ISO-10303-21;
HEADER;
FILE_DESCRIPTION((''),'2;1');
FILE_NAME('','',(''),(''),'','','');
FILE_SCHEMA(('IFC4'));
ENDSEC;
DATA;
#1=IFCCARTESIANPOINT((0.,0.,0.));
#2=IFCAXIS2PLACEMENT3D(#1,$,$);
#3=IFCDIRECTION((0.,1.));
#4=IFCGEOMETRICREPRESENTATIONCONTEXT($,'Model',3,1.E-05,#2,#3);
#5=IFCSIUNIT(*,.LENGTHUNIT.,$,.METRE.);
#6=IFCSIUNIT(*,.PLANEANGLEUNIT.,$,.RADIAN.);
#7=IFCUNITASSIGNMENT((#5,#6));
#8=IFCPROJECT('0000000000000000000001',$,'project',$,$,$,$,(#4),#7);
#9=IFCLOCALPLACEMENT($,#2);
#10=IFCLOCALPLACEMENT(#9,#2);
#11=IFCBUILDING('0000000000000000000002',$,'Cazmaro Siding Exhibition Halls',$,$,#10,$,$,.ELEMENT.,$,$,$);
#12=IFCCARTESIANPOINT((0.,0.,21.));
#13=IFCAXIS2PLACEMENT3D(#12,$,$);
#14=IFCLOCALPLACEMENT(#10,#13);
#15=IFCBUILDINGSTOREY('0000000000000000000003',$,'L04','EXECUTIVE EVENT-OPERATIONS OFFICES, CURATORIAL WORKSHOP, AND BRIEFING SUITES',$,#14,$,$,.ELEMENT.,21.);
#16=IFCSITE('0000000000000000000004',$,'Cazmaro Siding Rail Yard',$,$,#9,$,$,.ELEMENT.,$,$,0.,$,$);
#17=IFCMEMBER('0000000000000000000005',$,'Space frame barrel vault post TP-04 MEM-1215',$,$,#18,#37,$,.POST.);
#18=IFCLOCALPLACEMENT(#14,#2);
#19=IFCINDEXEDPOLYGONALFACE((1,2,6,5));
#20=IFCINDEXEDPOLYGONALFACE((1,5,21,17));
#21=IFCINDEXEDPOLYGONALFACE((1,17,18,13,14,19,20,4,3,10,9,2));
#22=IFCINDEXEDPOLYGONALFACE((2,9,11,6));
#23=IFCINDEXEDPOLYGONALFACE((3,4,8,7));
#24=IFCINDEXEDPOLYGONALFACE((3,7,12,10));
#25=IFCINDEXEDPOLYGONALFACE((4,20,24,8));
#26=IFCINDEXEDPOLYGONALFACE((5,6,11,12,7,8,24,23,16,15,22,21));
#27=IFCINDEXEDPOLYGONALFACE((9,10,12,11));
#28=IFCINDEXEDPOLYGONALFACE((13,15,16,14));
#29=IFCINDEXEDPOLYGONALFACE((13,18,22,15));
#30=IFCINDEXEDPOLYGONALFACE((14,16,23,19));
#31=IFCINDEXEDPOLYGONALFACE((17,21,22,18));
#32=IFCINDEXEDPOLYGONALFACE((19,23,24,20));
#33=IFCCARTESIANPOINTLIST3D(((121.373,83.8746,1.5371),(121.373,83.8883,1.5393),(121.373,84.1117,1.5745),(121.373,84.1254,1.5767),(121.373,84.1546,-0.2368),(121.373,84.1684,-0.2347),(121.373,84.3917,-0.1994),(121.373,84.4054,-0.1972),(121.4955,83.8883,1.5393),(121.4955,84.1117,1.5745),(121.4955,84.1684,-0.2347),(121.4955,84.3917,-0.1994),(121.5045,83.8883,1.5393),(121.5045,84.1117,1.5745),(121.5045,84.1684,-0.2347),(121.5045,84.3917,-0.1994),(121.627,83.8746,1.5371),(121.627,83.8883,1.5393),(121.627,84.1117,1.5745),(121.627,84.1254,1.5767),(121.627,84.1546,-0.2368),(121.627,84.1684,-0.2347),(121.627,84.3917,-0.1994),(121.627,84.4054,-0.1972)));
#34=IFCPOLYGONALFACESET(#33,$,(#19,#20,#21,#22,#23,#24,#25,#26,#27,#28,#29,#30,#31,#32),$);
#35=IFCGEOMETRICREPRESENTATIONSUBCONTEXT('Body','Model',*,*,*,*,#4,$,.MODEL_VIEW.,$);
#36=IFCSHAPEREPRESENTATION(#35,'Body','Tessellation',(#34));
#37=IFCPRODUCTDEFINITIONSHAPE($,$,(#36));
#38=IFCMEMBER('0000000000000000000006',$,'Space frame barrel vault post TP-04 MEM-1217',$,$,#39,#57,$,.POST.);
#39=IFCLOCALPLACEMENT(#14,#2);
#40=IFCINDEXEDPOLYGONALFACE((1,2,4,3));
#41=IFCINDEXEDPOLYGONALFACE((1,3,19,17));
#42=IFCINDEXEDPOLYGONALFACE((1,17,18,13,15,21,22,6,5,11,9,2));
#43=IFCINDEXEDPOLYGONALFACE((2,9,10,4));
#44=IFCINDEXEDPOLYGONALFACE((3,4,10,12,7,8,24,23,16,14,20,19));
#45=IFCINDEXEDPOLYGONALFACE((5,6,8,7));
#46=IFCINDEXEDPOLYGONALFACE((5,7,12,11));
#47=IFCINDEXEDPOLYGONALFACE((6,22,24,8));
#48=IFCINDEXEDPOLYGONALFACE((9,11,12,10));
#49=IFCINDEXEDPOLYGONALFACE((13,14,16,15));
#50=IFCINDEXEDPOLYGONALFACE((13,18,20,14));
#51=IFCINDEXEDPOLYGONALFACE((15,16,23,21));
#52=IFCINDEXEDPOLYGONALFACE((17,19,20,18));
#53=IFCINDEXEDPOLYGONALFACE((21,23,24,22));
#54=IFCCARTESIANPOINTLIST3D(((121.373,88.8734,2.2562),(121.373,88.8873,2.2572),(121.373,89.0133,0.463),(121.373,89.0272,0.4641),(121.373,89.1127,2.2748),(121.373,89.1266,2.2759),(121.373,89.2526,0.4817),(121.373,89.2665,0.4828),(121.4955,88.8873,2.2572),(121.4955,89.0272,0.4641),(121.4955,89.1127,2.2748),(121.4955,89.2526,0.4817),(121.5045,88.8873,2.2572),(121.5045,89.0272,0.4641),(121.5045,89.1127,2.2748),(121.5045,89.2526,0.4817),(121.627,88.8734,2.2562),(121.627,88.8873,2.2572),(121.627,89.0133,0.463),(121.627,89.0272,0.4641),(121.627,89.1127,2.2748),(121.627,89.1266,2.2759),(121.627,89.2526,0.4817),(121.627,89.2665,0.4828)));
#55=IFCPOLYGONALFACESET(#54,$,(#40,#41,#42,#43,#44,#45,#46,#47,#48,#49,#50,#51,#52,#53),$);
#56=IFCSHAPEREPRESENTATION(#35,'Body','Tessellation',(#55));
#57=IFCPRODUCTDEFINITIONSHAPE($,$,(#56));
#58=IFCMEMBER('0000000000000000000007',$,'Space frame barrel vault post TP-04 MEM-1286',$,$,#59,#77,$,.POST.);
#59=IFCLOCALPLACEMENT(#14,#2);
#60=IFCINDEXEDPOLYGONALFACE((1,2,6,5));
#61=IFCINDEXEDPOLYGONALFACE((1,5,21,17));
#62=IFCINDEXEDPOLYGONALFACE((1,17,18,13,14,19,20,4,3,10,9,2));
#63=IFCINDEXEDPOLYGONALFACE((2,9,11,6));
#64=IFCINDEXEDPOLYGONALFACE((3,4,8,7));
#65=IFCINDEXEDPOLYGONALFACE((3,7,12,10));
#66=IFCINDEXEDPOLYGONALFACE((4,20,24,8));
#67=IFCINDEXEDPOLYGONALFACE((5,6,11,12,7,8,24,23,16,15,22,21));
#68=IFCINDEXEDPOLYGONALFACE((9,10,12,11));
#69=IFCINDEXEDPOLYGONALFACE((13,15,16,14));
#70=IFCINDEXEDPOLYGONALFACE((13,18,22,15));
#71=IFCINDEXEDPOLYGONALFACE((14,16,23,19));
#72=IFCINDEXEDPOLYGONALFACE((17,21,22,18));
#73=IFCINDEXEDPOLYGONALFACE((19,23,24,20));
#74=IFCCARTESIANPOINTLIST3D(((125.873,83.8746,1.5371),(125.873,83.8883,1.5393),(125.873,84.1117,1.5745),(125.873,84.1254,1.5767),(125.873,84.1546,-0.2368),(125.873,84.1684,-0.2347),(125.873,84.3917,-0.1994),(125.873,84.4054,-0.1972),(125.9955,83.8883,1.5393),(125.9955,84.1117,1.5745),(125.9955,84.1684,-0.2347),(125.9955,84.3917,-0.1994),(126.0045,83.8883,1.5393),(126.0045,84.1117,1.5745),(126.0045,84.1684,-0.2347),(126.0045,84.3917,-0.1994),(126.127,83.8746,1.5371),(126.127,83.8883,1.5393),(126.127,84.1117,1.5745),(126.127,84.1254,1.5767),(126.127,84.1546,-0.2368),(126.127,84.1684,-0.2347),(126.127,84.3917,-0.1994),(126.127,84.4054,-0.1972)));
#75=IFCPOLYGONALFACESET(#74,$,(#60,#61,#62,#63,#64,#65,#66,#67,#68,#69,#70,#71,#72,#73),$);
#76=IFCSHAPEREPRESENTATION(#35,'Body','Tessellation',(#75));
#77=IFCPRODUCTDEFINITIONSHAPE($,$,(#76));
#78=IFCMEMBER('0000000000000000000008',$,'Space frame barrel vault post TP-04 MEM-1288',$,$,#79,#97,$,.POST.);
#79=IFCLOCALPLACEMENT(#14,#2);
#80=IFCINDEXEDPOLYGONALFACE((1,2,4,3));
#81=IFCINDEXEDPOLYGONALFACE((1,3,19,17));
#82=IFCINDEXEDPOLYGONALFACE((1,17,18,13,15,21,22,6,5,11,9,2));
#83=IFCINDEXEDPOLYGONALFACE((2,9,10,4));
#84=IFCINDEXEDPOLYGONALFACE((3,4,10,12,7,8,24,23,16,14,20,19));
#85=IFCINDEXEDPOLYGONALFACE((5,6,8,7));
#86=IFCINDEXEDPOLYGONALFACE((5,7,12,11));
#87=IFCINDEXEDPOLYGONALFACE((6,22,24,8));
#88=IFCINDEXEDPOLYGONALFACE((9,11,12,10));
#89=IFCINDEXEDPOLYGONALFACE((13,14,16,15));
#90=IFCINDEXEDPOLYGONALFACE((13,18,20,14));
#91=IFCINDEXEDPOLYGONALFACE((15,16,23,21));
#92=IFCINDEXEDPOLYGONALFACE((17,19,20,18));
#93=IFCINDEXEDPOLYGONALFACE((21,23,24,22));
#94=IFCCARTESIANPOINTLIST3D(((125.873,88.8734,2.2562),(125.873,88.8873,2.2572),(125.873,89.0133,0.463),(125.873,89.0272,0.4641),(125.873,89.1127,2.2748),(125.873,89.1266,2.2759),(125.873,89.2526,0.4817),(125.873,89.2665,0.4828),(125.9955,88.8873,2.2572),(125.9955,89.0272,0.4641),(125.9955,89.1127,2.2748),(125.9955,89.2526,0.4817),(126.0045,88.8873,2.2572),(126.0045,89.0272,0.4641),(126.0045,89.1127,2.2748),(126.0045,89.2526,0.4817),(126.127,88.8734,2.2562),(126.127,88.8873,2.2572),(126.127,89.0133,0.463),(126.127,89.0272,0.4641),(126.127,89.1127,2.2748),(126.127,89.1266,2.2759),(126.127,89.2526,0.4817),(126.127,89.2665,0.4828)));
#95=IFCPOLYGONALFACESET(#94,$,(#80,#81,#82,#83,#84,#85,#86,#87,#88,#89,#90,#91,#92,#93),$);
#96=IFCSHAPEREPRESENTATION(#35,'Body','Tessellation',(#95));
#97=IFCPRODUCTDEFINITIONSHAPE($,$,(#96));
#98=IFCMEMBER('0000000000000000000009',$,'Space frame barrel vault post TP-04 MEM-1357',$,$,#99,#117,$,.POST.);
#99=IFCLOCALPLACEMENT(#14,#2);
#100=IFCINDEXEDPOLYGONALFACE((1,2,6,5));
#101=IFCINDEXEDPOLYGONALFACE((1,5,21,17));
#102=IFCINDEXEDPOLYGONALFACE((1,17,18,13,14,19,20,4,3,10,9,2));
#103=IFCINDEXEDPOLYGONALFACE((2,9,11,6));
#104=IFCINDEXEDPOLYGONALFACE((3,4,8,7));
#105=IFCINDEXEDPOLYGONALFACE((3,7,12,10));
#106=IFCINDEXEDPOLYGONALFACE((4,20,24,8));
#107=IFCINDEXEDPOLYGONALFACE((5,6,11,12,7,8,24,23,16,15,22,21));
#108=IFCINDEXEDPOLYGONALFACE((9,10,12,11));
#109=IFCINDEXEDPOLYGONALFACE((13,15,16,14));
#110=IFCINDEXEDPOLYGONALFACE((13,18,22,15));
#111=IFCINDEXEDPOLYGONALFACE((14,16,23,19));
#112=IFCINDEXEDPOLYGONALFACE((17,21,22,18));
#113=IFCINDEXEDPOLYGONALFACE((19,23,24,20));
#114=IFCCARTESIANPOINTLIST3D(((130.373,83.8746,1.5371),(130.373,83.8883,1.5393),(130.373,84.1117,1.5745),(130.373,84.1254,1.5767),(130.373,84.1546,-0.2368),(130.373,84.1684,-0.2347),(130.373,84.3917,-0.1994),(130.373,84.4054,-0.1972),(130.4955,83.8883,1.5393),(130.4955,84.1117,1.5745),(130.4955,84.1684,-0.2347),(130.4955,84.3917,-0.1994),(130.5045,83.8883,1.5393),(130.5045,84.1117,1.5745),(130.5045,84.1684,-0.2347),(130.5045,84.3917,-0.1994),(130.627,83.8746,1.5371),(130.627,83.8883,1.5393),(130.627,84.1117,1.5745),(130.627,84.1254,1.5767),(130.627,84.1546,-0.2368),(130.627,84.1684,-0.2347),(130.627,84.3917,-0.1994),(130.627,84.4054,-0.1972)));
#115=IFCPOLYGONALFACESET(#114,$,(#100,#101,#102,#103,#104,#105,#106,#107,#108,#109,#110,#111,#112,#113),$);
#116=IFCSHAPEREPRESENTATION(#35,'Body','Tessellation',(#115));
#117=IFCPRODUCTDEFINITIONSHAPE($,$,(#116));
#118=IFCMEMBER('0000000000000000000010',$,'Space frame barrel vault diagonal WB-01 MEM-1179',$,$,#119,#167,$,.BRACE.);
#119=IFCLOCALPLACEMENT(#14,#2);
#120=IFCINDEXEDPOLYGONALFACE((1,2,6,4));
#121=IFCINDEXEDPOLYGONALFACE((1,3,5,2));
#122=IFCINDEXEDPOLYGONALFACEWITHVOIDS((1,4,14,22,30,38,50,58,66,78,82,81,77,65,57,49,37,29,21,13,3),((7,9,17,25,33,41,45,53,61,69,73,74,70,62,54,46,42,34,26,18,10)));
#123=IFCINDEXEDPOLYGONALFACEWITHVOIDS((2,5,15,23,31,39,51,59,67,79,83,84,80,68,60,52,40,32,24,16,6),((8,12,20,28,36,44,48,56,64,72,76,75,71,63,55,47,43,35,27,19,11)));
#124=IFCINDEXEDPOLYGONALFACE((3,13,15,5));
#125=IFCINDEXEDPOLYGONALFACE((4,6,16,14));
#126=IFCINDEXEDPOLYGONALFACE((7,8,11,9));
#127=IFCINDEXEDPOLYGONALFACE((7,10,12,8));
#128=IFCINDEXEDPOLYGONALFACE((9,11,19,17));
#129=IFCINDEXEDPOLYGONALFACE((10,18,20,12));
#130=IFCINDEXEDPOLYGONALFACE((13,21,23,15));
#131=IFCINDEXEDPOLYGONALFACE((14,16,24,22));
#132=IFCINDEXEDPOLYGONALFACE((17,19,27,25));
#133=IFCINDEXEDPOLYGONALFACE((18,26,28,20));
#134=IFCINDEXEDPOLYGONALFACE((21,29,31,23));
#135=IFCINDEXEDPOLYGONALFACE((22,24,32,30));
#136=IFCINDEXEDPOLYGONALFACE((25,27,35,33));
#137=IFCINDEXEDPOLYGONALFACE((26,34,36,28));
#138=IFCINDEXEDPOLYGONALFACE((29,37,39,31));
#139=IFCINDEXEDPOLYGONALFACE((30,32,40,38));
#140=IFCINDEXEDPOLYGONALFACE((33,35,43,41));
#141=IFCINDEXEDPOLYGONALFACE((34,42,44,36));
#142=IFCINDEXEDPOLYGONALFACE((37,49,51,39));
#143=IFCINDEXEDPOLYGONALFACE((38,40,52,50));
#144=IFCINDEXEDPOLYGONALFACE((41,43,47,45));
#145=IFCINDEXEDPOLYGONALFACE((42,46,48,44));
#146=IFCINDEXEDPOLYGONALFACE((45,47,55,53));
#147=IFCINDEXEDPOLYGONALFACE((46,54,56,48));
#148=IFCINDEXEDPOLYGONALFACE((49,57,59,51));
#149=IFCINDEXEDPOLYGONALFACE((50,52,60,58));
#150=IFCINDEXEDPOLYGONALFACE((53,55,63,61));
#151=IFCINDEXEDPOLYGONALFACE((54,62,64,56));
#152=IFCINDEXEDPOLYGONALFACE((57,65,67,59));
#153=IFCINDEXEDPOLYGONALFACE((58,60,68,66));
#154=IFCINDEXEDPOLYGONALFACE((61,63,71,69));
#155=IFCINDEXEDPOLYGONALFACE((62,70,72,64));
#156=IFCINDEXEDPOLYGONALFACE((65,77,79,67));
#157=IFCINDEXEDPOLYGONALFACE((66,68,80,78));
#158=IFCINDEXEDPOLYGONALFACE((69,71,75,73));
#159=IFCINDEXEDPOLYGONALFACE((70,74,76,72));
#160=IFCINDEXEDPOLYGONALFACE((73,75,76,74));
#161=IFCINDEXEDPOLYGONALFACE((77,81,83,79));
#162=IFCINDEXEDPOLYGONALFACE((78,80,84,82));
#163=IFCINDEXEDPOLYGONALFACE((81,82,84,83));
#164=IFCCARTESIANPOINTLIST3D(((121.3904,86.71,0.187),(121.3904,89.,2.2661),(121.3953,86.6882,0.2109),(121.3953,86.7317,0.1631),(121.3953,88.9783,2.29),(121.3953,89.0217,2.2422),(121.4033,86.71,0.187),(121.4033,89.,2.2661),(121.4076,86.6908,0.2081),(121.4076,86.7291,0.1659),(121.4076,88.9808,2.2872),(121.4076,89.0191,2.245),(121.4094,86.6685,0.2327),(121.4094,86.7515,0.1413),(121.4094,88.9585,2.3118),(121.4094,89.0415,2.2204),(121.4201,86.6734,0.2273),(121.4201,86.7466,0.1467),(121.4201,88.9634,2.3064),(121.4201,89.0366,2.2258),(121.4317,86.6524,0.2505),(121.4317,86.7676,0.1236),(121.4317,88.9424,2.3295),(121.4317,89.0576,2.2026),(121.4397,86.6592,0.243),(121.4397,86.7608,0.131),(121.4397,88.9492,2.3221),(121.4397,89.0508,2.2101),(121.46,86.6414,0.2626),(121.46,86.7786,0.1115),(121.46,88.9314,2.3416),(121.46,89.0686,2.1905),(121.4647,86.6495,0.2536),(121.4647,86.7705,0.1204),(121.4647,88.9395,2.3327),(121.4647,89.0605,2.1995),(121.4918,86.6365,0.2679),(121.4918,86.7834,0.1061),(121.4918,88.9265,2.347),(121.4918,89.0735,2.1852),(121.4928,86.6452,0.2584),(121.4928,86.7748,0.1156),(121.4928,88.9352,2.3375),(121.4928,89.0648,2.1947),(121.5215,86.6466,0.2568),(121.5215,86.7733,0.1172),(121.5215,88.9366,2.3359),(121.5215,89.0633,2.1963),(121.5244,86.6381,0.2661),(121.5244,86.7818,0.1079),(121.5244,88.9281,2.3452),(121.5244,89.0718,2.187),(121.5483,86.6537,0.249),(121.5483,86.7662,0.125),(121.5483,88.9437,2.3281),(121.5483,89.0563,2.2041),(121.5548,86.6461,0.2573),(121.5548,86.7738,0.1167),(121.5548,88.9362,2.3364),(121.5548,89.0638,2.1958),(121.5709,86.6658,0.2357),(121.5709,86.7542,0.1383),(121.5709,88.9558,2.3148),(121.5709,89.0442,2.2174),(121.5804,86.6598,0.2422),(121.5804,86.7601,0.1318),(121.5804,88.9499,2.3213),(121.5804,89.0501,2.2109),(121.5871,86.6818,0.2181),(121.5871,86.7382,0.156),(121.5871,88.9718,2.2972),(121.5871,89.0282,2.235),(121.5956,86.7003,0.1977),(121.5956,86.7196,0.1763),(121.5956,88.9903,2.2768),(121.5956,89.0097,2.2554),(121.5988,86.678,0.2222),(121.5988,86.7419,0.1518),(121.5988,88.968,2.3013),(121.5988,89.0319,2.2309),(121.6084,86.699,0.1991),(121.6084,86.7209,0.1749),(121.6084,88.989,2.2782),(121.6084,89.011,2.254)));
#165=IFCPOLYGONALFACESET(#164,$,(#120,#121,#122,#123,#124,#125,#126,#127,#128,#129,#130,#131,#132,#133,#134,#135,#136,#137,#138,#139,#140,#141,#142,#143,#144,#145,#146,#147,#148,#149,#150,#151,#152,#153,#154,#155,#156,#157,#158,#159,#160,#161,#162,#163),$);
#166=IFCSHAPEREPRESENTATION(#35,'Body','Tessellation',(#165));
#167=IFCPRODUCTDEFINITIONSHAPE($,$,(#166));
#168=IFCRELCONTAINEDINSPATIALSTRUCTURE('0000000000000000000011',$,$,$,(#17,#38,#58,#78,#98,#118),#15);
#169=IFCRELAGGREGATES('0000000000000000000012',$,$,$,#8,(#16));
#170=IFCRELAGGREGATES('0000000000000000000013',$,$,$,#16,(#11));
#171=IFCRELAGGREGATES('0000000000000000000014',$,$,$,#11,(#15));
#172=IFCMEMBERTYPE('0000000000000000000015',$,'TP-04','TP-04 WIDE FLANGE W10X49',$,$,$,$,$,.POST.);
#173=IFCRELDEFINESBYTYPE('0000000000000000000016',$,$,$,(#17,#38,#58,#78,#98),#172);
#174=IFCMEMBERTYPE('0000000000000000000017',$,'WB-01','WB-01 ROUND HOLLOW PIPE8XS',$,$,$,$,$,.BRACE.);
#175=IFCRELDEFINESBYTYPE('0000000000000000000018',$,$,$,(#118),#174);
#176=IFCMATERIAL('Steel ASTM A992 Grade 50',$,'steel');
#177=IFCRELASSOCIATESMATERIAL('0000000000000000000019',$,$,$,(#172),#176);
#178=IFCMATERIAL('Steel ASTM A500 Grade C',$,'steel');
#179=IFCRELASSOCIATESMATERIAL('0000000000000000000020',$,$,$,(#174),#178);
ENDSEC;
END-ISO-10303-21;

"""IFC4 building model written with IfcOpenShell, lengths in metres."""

from ifc_helpers import new_model, si_unit, direction, frame, origin, origin_2d, place, context, subcontext, project, spatial, hollow_circle, i_section, extrude, material, material_profile, profile_set, type_object, element, save


model = new_model("IFC4")

# Units and contexts
model_context = context("Model", 3, precision=1e-05, world=origin(), true_north=direction((0.0, 1.0)))
body_context = subcontext(model_context, "Body", "Model", "MODEL_VIEW")
ifc_project = project(units=[si_unit("LENGTHUNIT", "METRE"), si_unit("PLANEANGLEUNIT", "RADIAN")], contexts=[model_context])

# Site, building, storey
site_placement = place(None, origin())
site = spatial("IfcSite", under=ifc_project, at=site_placement, Name="Cazmaro Siding Rail Yard", CompositionType="ELEMENT", RefElevation=0.0)
building_placement = place(site_placement, origin())
building = spatial("IfcBuilding", under=site, at=building_placement, Name="Cazmaro Siding Exhibition Halls", CompositionType="ELEMENT")
storey_placement = place(building_placement, frame((0.0, 0.0, 21.0)))
storey = spatial("IfcBuildingStorey", under=building, at=storey_placement, Name="L04", Description="EXECUTIVE EVENT-OPERATIONS OFFICES, CURATORIAL WORKSHOP, AND BRIEFING SUITES", CompositionType="ELEMENT", Elevation=21.0)

# Members
ifc_material_1 = material(Name="Steel ASTM A992 Grade 50", Category="steel")
ifc_material_profile_1 = material_profile(ifc_material_1, i_section(OverallWidth=0.2539, OverallDepth=0.2539, WebThickness=0.009, FlangeThickness=0.0139, at=origin_2d()), Name="W10X49")
ifc_profile_set_1 = profile_set([ifc_material_profile_1], Name="Steel ASTM A992 Grade 50")
member_type_1 = type_object("IfcMemberType", Name="TP-04", Description="TP-04 WIDE FLANGE W10X49", PredefinedType="POST", material=ifc_profile_set_1)
member_1_placement = place(storey_placement, frame((121.5, 84.28, -0.217), z_axis=(0.0, -0.155928, 0.987768), x_axis=(1.0, 0.0, 0.0)))
element("IfcMember", 1, at=member_1_placement, inside=storey, type_object=member_type_1, Name="Space frame barrel vault post TP-04 MEM-1215", PredefinedType="POST", context=body_context, shape_type="SweptSolid", body=[
    extrude(i_section(OverallWidth=0.2539, OverallDepth=0.2539, WebThickness=0.009, FlangeThickness=0.0139, at=origin_2d()), origin(), (0.0, 0.0, 1.0), 1.7959),
])
member_2_placement = place(storey_placement, frame((121.5, 89.1399, 0.4729), z_axis=(0.0, -0.077776, 0.996971), x_axis=(1.0, 0.0, 0.0)))
element("IfcMember", 2, at=member_2_placement, inside=storey, type_object=member_type_1, Name="Space frame barrel vault post TP-04 MEM-1217", PredefinedType="POST", context=body_context, shape_type="SweptSolid", body=[
    extrude(i_section(OverallWidth=0.2539, OverallDepth=0.2539, WebThickness=0.009, FlangeThickness=0.0139, at=origin_2d()), origin(), (0.0, 0.0, 1.0), 1.7986),
])
member_3_placement = place(storey_placement, frame((126.0, 84.28, -0.217), z_axis=(0.0, -0.155928, 0.987768), x_axis=(1.0, 0.0, 0.0)))
element("IfcMember", 3, at=member_3_placement, inside=storey, type_object=member_type_1, Name="Space frame barrel vault post TP-04 MEM-1286", PredefinedType="POST", context=body_context, shape_type="SweptSolid", body=[
    extrude(i_section(OverallWidth=0.2539, OverallDepth=0.2539, WebThickness=0.009, FlangeThickness=0.0139, at=origin_2d()), origin(), (0.0, 0.0, 1.0), 1.7959),
])
member_4_placement = place(storey_placement, frame((126.0, 89.1399, 0.4729), z_axis=(0.0, -0.077776, 0.996971), x_axis=(1.0, 0.0, 0.0)))
element("IfcMember", 4, at=member_4_placement, inside=storey, type_object=member_type_1, Name="Space frame barrel vault post TP-04 MEM-1288", PredefinedType="POST", context=body_context, shape_type="SweptSolid", body=[
    extrude(i_section(OverallWidth=0.2539, OverallDepth=0.2539, WebThickness=0.009, FlangeThickness=0.0139, at=origin_2d()), origin(), (0.0, 0.0, 1.0), 1.7986),
])
member_5_placement = place(storey_placement, frame((130.5, 84.28, -0.217), z_axis=(0.0, -0.155928, 0.987768), x_axis=(1.0, 0.0, 0.0)))
element("IfcMember", 5, at=member_5_placement, inside=storey, type_object=member_type_1, Name="Space frame barrel vault post TP-04 MEM-1357", PredefinedType="POST", context=body_context, shape_type="SweptSolid", body=[
    extrude(i_section(OverallWidth=0.2539, OverallDepth=0.2539, WebThickness=0.009, FlangeThickness=0.0139, at=origin_2d()), origin(), (0.0, 0.0, 1.0), 1.7959),
])
ifc_material_2 = material(Name="Steel ASTM A500 Grade C", Category="steel")
ifc_material_profile_2 = material_profile(ifc_material_2, hollow_circle(Radius=0.1096, WallThickness=0.0129, at=origin_2d()), Name="PIPE8XS")
ifc_profile_set_2 = profile_set([ifc_material_profile_2], Name="Steel ASTM A500 Grade C")
member_type_2 = type_object("IfcMemberType", Name="WB-01", Description="WB-01 ROUND HOLLOW PIPE8XS", PredefinedType="BRACE", material=ifc_profile_set_2)
for number, where, z_axis, x_axis, name in (
    (6, (121.5, 86.71, 0.187), (0.0, 0.740383, 0.672185), (-1.0, 0.0, 0.0), "Space frame barrel vault diagonal WB-01 MEM-1179"),
):
    element("IfcMember", number, at=place(storey_placement, frame(where, z_axis=z_axis, x_axis=x_axis)), inside=storey, type_object=member_type_2, Name=name, PredefinedType="BRACE", context=body_context, shape_type="SweptSolid", body=[
        extrude(hollow_circle(Radius=0.1096, WallThickness=0.0129, at=origin_2d()), origin(), (0.0, 0.0, 1.0), 3.093),
    ])

save(model, "model.ifc")
